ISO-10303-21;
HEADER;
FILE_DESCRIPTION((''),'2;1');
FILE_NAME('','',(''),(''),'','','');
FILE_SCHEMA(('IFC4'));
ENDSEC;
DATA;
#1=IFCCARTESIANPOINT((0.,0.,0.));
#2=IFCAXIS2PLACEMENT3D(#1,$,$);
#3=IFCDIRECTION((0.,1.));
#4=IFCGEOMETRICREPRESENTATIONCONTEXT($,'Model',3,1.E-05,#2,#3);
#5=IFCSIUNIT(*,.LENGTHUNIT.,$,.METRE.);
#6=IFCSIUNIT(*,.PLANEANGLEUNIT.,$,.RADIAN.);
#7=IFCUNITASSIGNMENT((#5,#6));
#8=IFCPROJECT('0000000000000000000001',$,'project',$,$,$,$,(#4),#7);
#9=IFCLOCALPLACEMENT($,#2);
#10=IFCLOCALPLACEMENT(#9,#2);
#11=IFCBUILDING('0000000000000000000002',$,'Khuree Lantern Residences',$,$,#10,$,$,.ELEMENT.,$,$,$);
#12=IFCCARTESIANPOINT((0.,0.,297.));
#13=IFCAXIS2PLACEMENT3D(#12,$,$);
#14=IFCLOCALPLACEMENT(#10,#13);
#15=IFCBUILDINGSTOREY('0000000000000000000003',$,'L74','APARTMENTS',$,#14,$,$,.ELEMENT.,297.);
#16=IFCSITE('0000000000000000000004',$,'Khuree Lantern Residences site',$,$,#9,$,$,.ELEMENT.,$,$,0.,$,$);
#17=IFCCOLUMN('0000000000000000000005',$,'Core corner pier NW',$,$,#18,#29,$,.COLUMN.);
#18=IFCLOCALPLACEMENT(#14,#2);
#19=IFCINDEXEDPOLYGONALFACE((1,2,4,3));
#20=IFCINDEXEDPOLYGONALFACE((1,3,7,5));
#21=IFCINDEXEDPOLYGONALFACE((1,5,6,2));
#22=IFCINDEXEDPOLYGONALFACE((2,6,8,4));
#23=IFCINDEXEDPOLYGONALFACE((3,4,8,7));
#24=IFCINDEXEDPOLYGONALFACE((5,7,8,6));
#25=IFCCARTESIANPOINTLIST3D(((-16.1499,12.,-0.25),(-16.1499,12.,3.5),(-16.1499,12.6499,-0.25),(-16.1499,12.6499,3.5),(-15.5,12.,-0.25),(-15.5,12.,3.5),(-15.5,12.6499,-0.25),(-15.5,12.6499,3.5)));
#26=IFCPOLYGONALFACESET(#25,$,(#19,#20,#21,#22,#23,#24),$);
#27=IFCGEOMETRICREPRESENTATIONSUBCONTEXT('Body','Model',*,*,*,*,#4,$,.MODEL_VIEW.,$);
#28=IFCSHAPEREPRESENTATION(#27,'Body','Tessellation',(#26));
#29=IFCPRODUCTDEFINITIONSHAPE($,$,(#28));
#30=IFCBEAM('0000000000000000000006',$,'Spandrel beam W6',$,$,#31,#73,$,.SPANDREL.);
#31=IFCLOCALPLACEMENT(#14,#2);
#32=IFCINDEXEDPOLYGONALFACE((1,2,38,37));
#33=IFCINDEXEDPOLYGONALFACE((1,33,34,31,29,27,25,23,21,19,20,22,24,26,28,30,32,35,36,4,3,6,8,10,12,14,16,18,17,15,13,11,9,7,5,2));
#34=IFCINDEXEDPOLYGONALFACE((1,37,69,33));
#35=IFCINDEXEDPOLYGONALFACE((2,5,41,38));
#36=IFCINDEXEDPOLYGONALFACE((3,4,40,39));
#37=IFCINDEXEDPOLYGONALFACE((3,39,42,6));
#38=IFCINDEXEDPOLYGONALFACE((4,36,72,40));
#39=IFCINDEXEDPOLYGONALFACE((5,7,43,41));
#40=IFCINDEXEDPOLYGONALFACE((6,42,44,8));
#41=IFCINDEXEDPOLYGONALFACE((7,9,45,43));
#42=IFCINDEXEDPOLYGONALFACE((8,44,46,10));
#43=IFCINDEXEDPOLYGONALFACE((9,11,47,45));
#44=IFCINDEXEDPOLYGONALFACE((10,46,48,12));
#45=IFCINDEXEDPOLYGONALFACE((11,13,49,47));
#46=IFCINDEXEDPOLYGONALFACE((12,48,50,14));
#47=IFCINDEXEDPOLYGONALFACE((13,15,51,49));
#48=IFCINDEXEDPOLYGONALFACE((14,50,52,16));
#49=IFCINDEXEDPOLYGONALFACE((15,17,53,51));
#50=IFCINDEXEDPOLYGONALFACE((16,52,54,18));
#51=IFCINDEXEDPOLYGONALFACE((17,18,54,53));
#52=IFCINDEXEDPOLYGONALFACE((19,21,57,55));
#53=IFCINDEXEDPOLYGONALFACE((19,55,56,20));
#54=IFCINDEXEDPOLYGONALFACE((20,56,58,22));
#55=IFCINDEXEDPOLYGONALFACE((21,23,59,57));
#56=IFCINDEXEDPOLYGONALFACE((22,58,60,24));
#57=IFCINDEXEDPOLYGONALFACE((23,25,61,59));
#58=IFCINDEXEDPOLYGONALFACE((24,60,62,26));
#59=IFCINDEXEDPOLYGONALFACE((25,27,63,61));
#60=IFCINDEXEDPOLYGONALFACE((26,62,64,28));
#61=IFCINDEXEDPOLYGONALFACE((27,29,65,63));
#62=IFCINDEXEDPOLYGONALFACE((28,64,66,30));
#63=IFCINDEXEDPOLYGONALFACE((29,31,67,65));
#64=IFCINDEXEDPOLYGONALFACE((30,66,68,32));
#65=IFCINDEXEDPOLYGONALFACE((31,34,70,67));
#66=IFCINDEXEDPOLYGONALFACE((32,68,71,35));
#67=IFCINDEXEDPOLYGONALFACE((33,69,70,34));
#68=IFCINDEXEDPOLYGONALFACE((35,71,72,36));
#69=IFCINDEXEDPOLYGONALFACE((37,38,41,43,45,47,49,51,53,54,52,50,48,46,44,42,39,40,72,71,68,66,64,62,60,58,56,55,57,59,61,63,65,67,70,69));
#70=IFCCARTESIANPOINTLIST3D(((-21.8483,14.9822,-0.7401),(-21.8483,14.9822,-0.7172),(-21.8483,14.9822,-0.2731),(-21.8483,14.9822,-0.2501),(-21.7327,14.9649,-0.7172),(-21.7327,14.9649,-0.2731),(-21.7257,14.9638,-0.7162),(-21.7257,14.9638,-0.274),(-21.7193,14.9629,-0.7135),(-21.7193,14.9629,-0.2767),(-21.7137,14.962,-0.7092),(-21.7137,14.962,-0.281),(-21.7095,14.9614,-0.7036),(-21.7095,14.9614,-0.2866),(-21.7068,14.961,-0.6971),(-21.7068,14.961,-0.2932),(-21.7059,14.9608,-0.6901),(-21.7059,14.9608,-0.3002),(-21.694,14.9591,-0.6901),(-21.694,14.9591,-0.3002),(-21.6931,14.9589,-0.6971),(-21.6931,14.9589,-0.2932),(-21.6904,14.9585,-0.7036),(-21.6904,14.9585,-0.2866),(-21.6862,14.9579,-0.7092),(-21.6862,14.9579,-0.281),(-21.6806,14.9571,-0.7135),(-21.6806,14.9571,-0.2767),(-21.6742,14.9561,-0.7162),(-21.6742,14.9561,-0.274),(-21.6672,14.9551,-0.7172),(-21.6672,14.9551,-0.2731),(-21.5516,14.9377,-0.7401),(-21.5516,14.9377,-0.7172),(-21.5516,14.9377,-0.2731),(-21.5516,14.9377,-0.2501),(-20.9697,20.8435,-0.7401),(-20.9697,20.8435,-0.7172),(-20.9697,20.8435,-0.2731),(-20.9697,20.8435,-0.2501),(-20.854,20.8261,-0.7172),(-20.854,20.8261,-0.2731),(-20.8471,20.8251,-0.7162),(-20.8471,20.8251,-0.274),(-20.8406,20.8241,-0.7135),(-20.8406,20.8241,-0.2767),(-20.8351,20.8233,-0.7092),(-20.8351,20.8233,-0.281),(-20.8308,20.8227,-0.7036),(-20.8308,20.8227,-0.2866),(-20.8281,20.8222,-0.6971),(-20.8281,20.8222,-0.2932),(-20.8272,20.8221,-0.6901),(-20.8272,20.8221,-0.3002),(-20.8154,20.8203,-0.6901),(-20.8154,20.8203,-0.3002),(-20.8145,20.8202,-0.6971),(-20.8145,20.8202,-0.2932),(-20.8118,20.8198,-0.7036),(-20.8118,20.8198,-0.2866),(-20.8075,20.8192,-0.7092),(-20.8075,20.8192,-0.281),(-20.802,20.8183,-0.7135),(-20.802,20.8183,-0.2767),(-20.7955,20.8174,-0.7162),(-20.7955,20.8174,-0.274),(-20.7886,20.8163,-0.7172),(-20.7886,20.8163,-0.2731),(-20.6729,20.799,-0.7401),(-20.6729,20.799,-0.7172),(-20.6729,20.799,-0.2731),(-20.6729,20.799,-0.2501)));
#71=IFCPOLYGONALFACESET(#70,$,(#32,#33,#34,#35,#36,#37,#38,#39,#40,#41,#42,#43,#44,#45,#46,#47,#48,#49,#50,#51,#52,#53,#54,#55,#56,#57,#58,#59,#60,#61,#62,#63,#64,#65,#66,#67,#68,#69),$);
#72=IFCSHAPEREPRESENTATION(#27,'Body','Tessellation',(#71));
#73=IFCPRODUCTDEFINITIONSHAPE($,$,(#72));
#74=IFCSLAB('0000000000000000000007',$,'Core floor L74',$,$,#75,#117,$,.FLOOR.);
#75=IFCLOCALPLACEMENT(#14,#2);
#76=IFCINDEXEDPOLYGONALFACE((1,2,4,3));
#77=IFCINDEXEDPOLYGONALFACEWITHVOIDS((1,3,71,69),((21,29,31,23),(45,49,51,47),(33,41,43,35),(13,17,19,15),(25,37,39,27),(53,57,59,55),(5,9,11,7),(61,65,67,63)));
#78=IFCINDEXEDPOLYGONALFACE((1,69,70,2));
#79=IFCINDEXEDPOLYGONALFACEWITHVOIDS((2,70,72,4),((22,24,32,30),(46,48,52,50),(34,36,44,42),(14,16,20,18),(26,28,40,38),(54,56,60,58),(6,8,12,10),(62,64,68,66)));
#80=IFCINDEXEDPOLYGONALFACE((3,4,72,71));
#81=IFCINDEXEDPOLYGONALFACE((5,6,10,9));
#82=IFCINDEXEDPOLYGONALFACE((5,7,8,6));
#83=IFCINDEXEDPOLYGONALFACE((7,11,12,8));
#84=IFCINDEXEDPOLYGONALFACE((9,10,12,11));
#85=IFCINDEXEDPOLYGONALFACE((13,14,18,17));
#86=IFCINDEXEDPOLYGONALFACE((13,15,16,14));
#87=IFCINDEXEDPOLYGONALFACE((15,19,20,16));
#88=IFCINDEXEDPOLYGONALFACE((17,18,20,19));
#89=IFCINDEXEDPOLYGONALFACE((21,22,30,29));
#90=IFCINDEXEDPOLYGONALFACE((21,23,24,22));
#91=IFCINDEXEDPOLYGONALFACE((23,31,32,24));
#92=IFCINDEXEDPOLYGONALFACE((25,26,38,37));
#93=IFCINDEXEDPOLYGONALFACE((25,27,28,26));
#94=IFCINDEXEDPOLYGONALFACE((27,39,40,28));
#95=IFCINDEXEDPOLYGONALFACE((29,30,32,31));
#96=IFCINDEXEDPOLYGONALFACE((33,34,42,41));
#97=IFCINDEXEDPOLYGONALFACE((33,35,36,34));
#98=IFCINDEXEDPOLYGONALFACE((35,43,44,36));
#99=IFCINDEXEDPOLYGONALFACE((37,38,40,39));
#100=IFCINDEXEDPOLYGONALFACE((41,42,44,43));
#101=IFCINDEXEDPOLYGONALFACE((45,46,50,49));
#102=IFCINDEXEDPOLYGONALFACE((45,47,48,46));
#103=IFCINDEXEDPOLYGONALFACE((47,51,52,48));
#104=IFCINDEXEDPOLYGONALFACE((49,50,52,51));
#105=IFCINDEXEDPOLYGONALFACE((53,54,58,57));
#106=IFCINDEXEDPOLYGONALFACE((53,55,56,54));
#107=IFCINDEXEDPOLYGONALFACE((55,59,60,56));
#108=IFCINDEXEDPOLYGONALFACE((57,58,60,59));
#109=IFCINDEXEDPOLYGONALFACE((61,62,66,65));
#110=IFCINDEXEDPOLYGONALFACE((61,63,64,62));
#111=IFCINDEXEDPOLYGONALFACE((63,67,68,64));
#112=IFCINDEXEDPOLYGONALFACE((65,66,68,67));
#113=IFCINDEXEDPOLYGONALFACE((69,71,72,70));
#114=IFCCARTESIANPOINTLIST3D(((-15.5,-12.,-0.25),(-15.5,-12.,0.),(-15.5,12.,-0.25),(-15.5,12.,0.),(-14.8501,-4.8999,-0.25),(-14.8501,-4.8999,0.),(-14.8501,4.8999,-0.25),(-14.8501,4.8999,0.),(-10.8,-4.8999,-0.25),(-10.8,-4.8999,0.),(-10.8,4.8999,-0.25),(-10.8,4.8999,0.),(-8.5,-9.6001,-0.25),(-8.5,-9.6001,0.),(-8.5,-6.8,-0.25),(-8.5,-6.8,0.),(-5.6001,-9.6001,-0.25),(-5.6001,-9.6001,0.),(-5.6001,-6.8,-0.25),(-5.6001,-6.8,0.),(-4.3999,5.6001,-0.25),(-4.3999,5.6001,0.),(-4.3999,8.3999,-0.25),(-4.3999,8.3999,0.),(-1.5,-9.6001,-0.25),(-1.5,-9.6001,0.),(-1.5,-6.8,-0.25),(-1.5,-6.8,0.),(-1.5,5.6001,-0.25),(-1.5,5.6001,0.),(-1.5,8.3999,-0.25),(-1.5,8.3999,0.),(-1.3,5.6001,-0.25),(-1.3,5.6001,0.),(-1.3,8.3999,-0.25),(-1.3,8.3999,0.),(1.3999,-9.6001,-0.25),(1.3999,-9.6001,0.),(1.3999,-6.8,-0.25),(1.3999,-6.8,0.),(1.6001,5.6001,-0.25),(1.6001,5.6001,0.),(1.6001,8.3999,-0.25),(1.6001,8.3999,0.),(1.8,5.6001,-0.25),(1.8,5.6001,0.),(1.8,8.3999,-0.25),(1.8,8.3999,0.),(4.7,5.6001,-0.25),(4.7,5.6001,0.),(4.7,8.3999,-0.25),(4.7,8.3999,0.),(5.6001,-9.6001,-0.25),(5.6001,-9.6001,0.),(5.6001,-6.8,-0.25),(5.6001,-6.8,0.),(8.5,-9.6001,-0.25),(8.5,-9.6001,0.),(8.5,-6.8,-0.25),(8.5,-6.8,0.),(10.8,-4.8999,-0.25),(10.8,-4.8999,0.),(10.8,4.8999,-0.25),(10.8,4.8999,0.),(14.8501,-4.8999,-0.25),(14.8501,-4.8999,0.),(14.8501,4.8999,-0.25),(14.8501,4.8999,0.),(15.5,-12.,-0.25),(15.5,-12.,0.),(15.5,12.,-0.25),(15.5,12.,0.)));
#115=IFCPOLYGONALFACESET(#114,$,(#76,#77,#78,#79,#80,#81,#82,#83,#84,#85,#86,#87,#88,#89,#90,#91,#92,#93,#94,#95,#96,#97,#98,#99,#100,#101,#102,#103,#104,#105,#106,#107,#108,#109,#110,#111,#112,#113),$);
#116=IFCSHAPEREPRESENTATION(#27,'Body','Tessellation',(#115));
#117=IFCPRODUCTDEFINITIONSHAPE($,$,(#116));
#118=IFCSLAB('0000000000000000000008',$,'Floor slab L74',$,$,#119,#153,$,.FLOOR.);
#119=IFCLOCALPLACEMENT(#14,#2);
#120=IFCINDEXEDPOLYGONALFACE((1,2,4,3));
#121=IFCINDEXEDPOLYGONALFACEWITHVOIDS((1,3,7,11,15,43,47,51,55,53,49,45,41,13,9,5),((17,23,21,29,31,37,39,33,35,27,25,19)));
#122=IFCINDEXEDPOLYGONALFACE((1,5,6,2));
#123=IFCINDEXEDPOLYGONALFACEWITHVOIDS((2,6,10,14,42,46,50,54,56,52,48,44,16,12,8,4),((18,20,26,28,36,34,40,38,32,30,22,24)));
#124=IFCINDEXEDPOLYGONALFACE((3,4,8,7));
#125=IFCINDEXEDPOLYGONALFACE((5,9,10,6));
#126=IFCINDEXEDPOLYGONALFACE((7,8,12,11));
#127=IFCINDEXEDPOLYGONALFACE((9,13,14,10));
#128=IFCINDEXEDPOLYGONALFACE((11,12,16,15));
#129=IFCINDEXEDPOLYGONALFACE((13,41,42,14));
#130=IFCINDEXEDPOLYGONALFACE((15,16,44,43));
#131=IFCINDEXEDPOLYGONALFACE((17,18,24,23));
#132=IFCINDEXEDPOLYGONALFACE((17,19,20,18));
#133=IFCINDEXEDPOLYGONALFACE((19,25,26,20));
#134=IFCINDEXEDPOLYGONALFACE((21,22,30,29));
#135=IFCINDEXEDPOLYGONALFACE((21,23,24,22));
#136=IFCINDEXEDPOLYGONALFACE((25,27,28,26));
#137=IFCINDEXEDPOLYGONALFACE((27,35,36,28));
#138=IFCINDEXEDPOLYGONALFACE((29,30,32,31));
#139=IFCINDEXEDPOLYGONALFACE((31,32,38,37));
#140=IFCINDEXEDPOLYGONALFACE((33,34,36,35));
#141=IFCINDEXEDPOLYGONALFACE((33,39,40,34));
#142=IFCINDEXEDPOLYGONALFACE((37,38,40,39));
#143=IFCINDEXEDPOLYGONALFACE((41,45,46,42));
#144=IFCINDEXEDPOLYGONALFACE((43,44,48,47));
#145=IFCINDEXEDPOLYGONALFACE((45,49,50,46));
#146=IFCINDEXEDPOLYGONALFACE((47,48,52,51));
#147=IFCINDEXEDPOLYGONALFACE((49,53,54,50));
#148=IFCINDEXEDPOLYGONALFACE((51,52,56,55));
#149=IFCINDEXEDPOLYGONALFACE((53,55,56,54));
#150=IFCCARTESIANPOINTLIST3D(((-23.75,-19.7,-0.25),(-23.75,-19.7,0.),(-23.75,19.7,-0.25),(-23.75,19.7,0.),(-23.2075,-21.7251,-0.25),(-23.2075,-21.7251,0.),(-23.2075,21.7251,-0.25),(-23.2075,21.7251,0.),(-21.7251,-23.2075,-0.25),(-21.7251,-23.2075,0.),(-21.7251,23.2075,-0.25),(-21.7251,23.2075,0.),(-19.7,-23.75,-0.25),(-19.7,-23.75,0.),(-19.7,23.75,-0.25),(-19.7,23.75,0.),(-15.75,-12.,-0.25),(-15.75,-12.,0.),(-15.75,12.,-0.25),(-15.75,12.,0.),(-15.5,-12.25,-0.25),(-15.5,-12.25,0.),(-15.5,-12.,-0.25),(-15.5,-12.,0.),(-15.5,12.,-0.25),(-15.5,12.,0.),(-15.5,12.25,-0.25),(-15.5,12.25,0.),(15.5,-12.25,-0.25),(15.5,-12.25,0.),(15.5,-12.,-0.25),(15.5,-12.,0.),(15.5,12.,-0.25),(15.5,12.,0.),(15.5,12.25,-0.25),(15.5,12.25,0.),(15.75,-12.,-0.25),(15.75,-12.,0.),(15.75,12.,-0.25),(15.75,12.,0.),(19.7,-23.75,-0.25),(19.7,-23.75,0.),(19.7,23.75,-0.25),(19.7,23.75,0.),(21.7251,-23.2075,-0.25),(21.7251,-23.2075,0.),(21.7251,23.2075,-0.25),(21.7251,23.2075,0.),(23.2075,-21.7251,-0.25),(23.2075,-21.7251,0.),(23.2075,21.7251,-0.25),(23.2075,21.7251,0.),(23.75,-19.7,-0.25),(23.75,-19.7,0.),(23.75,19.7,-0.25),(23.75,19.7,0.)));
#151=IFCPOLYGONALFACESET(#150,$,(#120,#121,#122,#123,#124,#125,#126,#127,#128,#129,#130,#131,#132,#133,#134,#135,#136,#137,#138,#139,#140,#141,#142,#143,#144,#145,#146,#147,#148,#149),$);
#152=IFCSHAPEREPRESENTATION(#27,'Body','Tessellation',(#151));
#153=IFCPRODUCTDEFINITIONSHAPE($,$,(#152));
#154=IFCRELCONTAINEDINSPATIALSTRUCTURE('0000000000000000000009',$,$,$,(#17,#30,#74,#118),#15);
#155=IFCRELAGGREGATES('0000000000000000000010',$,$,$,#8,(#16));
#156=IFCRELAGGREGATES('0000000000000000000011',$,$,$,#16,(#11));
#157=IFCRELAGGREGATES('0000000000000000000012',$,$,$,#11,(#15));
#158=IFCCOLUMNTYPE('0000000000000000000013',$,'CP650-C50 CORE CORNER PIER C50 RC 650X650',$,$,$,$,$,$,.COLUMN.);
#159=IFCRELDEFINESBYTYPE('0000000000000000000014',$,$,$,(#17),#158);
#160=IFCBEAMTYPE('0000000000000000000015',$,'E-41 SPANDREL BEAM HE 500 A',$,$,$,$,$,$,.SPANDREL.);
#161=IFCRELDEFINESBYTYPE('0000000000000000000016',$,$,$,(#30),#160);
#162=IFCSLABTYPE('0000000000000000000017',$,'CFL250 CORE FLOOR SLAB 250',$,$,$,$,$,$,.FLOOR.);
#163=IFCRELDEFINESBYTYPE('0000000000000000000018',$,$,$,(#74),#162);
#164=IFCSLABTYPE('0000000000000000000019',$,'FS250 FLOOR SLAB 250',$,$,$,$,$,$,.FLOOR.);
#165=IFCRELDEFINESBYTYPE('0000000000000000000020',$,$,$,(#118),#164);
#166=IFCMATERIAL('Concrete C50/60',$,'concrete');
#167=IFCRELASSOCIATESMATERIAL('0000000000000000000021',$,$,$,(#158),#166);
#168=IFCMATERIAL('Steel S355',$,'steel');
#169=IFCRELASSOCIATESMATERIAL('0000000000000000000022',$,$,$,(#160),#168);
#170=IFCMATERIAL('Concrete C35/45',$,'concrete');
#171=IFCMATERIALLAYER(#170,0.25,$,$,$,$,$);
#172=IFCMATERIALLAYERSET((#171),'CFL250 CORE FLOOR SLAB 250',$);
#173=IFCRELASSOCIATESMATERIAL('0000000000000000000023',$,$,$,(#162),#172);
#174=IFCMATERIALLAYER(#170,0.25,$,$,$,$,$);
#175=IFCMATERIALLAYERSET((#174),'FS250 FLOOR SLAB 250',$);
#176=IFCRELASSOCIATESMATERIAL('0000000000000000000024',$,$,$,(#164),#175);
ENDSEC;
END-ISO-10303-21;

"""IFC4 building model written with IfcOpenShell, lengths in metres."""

from ifc_helpers import new_model, si_unit, direction, frame, origin, origin_2d, place, context, subcontext, project, spatial, polyline, rectangle, i_section, outline, extrude, material, layer, layer_set, material_profile, profile_set, type_object, element, save


model = new_model("IFC4")

# Units and contexts
model_context = context("Model", 3, precision=1e-05, world=origin(), true_north=direction((0.0, 1.0)))
body_context = subcontext(model_context, "Body", "Model", "MODEL_VIEW")
ifc_project = project(units=[si_unit("LENGTHUNIT", "METRE"), si_unit("PLANEANGLEUNIT", "RADIAN")], contexts=[model_context])

# Site, building, storey
site_placement = place(None, origin())
site = spatial("IfcSite", under=ifc_project, at=site_placement, Name="Khuree Lantern Residences site", CompositionType="ELEMENT", RefElevation=0.0)
building_placement = place(site_placement, origin())
building = spatial("IfcBuilding", under=site, at=building_placement, Name="Khuree Lantern Residences", CompositionType="ELEMENT")
storey_placement = place(building_placement, frame((0.0, 0.0, 297.0)))
storey = spatial("IfcBuildingStorey", under=building, at=storey_placement, Name="L74", Description="APARTMENTS", CompositionType="ELEMENT", Elevation=297.0)

# Column
ifc_material_1 = material(Name="Concrete C50/60", Category="concrete")
ifc_material_profile_1 = material_profile(ifc_material_1, rectangle(XDim=0.6499, YDim=0.6499, at=origin_2d()), Name="RC 650X650")
ifc_profile_set_1 = profile_set([ifc_material_profile_1], Name="Concrete C50/60")
column_type = type_object("IfcColumnType", Name="CP650-C50 CORE CORNER PIER C50 RC 650X650", PredefinedType="COLUMN", material=ifc_profile_set_1)
column_placement = place(storey_placement, frame((-15.825, 12.325, -0.25), z_axis=(0.0, 0.0, 1.0), x_axis=(1.0, 0.0, 0.0)))
element("IfcColumn", 1, at=column_placement, inside=storey, type_object=column_type, Name="Core corner pier NW", PredefinedType="COLUMN", context=body_context, shape_type="SweptSolid", body=[
    extrude(rectangle(XDim=0.6499, YDim=0.6499, at=origin_2d()), origin(), (0.0, 0.0, 1.0), 3.75),
])

# Beam
ifc_material_2 = material(Name="Steel S355", Category="steel")
ifc_material_profile_2 = material_profile(ifc_material_2, i_section(OverallWidth=0.3, OverallDepth=0.49, WebThickness=0.012, FlangeThickness=0.0229, FilletRadius=0.0271, at=origin_2d()), Name="HE 500 A")
ifc_profile_set_2 = profile_set([ifc_material_profile_2], Name="Steel S355")
beam_type = type_object("IfcBeamType", Name="E-41 SPANDREL BEAM HE 500 A", PredefinedType="SPANDREL", material=ifc_profile_set_2)
beam_placement = place(storey_placement, frame((-21.7, 14.96, -0.4951), z_axis=(0.148252, 0.98895, 0.0), x_axis=(-0.98895, 0.148252, 0.0)))
element("IfcBeam", 2, at=beam_placement, inside=storey, type_object=beam_type, Name="Spandrel beam W6", PredefinedType="SPANDREL", context=body_context, shape_type="SweptSolid", body=[
    extrude(i_section(OverallWidth=0.3, OverallDepth=0.49, WebThickness=0.012, FlangeThickness=0.0229, FilletRadius=0.0271, at=origin_2d()), origin(), (0.0, 0.0, 1.0), 5.9268),
])

# Slabs
ifc_material_3 = material(Name="Concrete C35/45", Category="concrete")
ifc_layer_1 = layer(ifc_material_3, 0.25)
ifc_layer_set_1 = layer_set([ifc_layer_1], Name="CFL250 CORE FLOOR SLAB 250")
slab_type_1 = type_object("IfcSlabType", Name="CFL250 CORE FLOOR SLAB 250", PredefinedType="FLOOR", material=ifc_layer_set_1)
slab_1_placement = place(storey_placement, frame((0.0, 0.0, -0.25)))
element("IfcSlab", 3, at=slab_1_placement, inside=storey, type_object=slab_type_1, Name="Core floor L74", PredefinedType="FLOOR", context=body_context, shape_type="SweptSolid", body=[
    extrude(outline(polyline([(-15.5, -12.0), (-15.5, 12.0), (15.5, 12.0), (15.5, -12.0), (-15.5, -12.0)]), holes=[polyline([(10.8, 4.8999), (10.8, -4.8999), (14.8501, -4.8999), (14.8501, 4.8999), (10.8, 4.8999)]), polyline([(5.6001, -6.8), (5.6001, -9.6001), (8.5, -9.6001), (8.5, -6.8), (5.6001, -6.8)]), polyline([(1.8, 8.3999), (1.8, 5.6001), (4.7, 5.6001), (4.7, 8.3999), (1.8, 8.3999)]), polyline([(-1.3, 8.3999), (-1.3, 5.6001), (1.6001, 5.6001), (1.6001, 8.3999), (-1.3, 8.3999)]), polyline([(-1.5, -6.8), (-1.5, -9.6001), (1.3999, -9.6001), (1.3999, -6.8), (-1.5, -6.8)]), polyline([(-4.3999, 8.3999), (-4.3999, 5.6001), (-1.5, 5.6001), (-1.5, 8.3999), (-4.3999, 8.3999)]), polyline([(-8.5, -6.8), (-8.5, -9.6001), (-5.6001, -9.6001), (-5.6001, -6.8), (-8.5, -6.8)]), polyline([(-14.8501, 4.8999), (-14.8501, -4.8999), (-10.8, -4.8999), (-10.8, 4.8999), (-14.8501, 4.8999)])]), origin(), (0.0, 0.0, 1.0), 0.25),
])
ifc_layer_2 = layer(ifc_material_3, 0.25)
ifc_layer_set_2 = layer_set([ifc_layer_2], Name="FS250 FLOOR SLAB 250")
slab_type_2 = type_object("IfcSlabType", Name="FS250 FLOOR SLAB 250", PredefinedType="FLOOR", material=ifc_layer_set_2)
slab_2_placement = place(storey_placement, frame((0.0, 0.0, -0.25)))
element("IfcSlab", 4, at=slab_2_placement, inside=storey, type_object=slab_type_2, Name="Floor slab L74", PredefinedType="FLOOR", context=body_context, shape_type="SweptSolid", body=[
    extrude(outline(polyline([(-21.7251, -23.2075), (-23.2075, -21.7251), (-23.75, -19.7), (-23.75, 19.7), (-23.2075, 21.7251), (-21.7251, 23.2075), (-19.7, 23.75), (19.7, 23.75), (21.7251, 23.2075), (23.2075, 21.7251), (23.75, 19.7), (23.75, -19.7), (23.2075, -21.7251), (21.7251, -23.2075), (19.7, -23.75), (-19.7, -23.75), (-21.7251, -23.2075)]), holes=[polyline([(15.75, 12.0), (15.5, 12.0), (15.5, 12.25), (-15.5, 12.25), (-15.5, 12.0), (-15.75, 12.0), (-15.75, -12.0), (-15.5, -12.0), (-15.5, -12.25), (15.5, -12.25), (15.5, -12.0), (15.75, -12.0), (15.75, 12.0)])]), origin(), (0.0, 0.0, 1.0), 0.25),
])

save(model, "model.ifc")
